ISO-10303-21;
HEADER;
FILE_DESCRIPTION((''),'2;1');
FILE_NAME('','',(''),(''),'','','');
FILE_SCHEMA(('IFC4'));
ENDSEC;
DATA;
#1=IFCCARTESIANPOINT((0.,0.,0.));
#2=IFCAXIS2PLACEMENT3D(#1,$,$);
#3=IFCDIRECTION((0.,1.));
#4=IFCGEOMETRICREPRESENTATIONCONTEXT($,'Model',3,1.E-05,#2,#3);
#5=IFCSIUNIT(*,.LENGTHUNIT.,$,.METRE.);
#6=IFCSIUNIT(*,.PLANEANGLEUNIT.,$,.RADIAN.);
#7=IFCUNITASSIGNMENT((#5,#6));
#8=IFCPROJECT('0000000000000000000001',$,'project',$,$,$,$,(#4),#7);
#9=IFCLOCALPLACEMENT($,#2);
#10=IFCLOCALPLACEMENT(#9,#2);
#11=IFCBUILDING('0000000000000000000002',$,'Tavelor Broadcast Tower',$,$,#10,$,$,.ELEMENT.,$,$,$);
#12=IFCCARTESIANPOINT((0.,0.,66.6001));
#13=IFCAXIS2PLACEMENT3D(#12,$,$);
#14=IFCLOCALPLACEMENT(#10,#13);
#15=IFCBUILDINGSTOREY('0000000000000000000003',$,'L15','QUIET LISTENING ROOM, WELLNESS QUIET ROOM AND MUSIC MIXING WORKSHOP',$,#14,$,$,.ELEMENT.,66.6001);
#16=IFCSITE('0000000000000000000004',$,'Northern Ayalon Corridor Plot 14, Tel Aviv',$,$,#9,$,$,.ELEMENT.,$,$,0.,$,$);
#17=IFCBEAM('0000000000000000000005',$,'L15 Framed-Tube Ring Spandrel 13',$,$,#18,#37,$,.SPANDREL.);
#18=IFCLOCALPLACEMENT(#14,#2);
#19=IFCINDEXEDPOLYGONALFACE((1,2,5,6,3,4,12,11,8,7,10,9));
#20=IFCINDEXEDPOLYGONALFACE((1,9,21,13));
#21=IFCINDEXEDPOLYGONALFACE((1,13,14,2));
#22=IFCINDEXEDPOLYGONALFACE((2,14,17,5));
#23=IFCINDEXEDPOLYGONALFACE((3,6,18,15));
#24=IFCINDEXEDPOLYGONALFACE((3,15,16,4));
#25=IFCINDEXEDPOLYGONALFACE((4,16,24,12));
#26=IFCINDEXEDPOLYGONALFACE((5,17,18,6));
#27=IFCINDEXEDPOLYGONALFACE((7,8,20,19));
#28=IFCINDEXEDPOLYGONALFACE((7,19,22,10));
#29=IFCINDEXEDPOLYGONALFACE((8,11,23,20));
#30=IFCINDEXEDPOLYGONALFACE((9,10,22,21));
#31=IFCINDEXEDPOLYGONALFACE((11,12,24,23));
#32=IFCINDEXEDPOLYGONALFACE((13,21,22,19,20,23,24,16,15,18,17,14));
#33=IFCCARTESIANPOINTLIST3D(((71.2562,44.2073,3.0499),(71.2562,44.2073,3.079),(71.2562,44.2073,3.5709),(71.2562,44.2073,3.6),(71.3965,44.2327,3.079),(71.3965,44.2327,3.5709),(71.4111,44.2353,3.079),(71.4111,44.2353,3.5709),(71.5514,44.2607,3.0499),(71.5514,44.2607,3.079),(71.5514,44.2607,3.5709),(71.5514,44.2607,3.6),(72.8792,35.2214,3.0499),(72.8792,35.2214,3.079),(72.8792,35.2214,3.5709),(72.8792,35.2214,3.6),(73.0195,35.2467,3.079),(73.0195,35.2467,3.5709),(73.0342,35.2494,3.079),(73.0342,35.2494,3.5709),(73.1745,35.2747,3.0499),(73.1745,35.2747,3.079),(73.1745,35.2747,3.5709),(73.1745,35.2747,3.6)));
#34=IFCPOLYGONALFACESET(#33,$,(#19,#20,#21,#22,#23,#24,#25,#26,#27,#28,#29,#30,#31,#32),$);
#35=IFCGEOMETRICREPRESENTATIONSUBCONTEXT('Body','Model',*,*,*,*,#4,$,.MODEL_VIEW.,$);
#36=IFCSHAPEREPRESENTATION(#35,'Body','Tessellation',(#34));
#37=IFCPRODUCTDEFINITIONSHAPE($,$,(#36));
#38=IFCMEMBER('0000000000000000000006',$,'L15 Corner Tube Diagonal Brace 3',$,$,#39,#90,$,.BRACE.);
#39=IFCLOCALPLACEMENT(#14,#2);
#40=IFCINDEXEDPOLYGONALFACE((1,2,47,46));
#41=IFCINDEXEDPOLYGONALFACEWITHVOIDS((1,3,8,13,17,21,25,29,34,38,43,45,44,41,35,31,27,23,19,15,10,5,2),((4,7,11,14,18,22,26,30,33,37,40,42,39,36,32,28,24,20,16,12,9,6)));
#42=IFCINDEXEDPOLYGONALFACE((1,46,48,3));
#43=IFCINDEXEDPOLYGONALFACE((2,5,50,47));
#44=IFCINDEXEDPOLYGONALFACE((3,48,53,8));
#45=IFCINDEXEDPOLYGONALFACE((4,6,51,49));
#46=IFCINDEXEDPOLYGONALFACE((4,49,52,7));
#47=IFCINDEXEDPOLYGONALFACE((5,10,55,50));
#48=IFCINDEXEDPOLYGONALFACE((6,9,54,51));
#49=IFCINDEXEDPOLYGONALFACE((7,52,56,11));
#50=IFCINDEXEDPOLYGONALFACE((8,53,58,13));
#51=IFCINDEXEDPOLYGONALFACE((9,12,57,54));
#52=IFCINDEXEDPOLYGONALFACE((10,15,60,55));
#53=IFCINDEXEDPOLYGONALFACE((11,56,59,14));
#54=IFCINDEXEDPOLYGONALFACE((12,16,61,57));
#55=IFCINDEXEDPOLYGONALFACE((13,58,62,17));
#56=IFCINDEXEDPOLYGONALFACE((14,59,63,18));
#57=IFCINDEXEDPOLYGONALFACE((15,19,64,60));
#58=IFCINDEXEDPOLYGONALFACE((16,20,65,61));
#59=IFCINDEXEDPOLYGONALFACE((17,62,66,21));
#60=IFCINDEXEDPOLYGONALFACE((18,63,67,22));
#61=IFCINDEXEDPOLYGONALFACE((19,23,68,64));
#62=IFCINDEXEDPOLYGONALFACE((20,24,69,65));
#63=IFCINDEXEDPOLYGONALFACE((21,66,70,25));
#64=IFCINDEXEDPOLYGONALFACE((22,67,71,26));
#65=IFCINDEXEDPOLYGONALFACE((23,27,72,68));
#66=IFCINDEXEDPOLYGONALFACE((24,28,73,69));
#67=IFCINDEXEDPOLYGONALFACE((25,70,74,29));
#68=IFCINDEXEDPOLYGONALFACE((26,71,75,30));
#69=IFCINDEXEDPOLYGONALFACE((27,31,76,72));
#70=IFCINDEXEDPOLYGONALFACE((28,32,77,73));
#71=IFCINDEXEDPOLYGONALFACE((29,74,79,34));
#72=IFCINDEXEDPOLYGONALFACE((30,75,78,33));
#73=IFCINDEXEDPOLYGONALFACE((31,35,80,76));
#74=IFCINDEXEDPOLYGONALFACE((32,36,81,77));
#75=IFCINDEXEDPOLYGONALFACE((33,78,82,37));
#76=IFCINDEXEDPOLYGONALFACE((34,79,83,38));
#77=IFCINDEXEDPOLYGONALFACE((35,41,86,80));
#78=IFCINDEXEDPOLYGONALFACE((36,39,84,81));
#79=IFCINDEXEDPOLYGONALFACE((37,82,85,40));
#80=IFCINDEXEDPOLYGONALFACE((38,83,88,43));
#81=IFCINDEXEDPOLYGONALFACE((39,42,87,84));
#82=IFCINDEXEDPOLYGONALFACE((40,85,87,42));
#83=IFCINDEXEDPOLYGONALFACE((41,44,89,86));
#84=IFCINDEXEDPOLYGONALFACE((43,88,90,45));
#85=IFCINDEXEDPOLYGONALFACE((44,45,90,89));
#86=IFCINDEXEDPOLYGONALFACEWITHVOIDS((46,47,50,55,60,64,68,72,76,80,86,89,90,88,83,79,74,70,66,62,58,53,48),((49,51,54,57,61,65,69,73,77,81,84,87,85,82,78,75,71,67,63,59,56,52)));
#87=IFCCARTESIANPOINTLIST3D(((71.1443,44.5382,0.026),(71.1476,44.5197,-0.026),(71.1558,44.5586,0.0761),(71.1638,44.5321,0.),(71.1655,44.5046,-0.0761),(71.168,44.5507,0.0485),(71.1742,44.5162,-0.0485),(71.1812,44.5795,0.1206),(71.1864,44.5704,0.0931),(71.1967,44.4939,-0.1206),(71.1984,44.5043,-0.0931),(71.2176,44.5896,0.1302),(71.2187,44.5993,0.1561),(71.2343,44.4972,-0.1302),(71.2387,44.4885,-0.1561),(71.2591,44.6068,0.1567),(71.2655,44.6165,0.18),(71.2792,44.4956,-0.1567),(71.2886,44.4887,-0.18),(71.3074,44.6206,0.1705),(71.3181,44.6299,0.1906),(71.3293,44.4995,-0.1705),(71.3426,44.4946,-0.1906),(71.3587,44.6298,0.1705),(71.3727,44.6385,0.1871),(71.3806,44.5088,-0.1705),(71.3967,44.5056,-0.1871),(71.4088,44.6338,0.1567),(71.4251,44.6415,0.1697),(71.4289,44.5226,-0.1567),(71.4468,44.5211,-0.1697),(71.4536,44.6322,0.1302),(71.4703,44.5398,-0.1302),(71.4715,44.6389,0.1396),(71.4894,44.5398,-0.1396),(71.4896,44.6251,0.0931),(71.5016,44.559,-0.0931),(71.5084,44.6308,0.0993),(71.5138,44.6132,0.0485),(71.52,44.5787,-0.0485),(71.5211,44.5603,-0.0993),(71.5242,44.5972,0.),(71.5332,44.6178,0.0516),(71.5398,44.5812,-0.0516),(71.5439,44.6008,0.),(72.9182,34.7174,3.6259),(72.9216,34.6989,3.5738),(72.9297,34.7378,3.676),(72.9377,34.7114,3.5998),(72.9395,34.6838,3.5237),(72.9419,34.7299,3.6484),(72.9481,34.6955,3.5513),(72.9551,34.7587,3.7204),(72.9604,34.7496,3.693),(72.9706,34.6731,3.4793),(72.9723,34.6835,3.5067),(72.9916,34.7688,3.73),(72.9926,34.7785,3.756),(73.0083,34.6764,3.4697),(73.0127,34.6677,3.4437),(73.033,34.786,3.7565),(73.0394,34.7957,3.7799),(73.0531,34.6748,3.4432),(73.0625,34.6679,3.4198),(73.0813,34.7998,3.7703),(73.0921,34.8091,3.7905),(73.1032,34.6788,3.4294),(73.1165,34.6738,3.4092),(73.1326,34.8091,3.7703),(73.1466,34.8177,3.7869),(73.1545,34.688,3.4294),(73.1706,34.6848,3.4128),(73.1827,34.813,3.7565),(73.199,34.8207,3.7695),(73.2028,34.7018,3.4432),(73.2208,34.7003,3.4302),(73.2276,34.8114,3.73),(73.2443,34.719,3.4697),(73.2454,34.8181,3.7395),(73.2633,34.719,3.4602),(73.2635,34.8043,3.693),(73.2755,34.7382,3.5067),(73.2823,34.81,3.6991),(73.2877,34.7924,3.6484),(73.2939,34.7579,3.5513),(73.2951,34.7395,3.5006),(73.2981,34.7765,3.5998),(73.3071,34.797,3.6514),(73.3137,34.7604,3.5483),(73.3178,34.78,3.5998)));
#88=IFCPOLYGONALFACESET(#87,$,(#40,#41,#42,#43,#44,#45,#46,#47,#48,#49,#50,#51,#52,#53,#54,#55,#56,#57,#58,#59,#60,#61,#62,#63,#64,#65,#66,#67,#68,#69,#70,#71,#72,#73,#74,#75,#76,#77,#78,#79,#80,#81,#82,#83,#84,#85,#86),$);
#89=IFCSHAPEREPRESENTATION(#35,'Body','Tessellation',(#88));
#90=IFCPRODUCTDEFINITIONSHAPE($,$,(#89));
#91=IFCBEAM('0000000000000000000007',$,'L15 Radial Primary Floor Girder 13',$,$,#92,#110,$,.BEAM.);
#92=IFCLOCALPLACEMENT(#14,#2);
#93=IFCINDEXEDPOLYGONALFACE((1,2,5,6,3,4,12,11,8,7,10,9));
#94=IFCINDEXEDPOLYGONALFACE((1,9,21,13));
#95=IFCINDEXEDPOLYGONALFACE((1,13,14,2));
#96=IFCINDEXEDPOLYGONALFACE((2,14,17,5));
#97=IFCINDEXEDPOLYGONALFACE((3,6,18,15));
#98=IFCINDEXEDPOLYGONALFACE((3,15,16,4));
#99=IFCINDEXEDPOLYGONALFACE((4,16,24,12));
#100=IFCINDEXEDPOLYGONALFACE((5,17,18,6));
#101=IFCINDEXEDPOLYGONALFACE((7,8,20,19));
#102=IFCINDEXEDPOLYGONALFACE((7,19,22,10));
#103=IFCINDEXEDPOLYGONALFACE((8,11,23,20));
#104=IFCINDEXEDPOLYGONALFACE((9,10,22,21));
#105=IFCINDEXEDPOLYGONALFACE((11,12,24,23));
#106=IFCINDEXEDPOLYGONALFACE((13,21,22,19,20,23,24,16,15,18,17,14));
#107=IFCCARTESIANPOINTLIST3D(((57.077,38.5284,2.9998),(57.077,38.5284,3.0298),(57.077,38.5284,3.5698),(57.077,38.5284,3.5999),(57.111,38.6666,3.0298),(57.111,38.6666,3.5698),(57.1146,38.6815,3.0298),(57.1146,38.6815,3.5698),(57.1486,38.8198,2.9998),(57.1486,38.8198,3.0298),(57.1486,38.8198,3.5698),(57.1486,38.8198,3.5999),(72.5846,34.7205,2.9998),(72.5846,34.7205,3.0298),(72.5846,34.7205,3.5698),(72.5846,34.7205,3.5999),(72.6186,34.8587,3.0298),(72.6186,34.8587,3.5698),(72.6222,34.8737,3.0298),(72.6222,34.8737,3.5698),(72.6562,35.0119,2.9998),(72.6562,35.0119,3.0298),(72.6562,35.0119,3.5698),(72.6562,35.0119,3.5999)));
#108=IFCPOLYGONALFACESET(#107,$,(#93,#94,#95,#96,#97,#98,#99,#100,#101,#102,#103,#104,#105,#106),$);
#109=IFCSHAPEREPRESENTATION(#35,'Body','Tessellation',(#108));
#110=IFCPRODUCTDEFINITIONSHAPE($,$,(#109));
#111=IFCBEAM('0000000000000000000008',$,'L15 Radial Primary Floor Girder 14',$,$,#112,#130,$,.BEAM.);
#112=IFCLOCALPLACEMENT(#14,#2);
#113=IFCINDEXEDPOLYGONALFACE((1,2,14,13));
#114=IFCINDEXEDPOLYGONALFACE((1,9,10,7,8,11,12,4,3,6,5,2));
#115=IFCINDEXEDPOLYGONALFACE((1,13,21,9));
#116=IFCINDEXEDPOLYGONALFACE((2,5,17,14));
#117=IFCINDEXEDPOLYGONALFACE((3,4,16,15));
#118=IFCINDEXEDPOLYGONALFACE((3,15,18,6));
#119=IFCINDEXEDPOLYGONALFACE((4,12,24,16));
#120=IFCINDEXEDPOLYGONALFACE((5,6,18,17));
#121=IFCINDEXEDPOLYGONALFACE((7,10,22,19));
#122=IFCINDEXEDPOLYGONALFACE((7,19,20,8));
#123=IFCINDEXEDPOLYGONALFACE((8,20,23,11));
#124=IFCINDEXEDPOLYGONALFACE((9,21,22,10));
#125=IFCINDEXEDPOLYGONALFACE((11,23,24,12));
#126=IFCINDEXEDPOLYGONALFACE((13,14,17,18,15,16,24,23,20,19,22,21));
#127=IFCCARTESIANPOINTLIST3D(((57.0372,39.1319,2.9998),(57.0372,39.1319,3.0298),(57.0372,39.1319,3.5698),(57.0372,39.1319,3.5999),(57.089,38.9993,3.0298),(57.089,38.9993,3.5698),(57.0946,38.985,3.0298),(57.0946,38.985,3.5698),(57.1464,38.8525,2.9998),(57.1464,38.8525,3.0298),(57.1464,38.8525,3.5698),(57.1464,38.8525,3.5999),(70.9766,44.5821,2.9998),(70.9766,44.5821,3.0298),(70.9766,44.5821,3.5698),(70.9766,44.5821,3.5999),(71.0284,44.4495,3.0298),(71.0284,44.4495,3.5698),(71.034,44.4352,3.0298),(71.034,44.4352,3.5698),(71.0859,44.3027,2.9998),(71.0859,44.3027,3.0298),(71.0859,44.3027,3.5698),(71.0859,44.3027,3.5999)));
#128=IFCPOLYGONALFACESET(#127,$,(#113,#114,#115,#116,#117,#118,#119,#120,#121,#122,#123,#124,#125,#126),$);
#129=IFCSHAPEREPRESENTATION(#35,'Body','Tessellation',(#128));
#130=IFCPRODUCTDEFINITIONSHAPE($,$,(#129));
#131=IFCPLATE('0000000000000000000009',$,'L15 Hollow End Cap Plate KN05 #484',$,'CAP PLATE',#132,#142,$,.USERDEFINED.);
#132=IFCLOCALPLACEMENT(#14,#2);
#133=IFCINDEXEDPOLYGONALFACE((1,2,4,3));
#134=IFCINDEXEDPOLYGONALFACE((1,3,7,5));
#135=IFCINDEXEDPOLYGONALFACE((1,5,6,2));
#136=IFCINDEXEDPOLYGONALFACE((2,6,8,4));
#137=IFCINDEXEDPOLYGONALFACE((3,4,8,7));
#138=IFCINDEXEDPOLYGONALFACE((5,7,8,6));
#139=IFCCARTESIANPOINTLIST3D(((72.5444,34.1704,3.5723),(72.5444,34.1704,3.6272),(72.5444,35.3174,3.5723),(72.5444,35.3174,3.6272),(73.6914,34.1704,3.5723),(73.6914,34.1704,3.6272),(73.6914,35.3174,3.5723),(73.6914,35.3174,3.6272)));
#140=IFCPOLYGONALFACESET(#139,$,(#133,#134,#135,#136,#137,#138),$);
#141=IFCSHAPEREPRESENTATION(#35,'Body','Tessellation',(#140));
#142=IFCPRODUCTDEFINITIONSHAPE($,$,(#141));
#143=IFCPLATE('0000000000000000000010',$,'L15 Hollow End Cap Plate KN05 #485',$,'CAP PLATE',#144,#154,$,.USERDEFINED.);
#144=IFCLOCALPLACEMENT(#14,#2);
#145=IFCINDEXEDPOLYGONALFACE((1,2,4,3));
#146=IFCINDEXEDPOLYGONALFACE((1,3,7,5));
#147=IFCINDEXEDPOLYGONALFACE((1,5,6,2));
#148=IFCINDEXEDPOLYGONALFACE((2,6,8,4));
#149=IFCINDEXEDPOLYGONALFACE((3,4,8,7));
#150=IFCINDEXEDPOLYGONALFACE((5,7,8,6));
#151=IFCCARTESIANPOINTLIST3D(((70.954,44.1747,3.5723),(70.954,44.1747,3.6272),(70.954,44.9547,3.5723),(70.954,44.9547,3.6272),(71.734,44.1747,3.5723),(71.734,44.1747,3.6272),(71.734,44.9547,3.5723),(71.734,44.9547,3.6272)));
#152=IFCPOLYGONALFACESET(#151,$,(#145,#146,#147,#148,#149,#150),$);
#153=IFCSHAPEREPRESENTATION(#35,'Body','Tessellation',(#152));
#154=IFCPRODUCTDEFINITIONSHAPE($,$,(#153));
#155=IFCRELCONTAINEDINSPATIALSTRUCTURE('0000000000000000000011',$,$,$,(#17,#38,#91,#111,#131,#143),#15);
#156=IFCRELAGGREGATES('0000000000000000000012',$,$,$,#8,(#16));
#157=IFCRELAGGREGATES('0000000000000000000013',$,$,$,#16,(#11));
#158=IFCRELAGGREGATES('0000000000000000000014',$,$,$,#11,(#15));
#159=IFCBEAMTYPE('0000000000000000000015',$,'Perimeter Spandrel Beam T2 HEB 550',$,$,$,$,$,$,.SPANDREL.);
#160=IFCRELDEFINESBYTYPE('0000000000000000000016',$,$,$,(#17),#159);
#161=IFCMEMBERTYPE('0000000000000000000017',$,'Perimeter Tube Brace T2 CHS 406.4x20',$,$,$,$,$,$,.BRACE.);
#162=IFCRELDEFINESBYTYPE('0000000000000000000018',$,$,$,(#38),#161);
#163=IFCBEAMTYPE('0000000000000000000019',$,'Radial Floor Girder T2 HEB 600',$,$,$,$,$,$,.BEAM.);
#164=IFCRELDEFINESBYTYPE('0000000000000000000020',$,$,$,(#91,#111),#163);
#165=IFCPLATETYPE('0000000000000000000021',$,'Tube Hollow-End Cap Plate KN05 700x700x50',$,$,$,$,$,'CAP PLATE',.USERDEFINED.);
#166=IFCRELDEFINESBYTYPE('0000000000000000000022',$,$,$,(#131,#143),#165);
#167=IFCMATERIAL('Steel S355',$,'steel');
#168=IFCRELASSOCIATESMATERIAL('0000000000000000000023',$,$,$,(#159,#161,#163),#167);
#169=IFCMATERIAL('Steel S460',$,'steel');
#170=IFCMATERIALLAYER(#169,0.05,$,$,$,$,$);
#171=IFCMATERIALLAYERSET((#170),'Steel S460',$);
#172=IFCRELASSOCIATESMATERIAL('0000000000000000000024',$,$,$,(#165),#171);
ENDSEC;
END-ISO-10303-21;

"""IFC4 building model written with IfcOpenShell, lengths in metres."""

from ifc_helpers import new_model, si_unit, direction, frame, origin, origin_2d, place, context, subcontext, project, spatial, rectangle, hollow_circle, i_section, extrude, source, transform, mapped, material, layer, layer_set, material_profile, profile_set, type_object, type_shapes, element, save


model = new_model("IFC4")

# Units and contexts
model_context = context("Model", 3, precision=1e-05, world=origin(), true_north=direction((0.0, 1.0)))
body_context = subcontext(model_context, "Body", "Model", "MODEL_VIEW")
ifc_project = project(units=[si_unit("LENGTHUNIT", "METRE"), si_unit("PLANEANGLEUNIT", "RADIAN")], contexts=[model_context])

# Site, building, storey
site_placement = place(None, origin())
site = spatial("IfcSite", under=ifc_project, at=site_placement, Name="Northern Ayalon Corridor Plot 14, Tel Aviv", CompositionType="ELEMENT", RefElevation=0.0)
building_placement = place(site_placement, origin())
building = spatial("IfcBuilding", under=site, at=building_placement, Name="Tavelor Broadcast Tower", CompositionType="ELEMENT")
storey_placement = place(building_placement, frame((0.0, 0.0, 66.6001)))
storey = spatial("IfcBuildingStorey", under=building, at=storey_placement, Name="L15", Description="QUIET LISTENING ROOM, WELLNESS QUIET ROOM AND MUSIC MIXING WORKSHOP", CompositionType="ELEMENT", Elevation=66.6001)

# Shared definitions
ifc_material_1 = material(Name="Steel S460", Category="steel")

# Beam
ifc_material_2 = material(Name="Steel S355", Category="steel")
ifc_material_profile_1 = material_profile(ifc_material_2, i_section(OverallWidth=0.3, OverallDepth=0.55, WebThickness=0.0149, FlangeThickness=0.0291, at=origin_2d()), Name="HEB 550")
ifc_profile_set_1 = profile_set([ifc_material_profile_1], Name="Steel S355")
beam_type_1 = type_object("IfcBeamType", Name="Perimeter Spandrel Beam T2 HEB 550", PredefinedType="SPANDREL", material=ifc_profile_set_1)
beam_1_placement = place(storey_placement, frame((73.0269, 35.248, 3.325), z_axis=(-0.177747, 0.984076, 0.0), x_axis=(-0.984076, -0.177747, 0.0)))
element("IfcBeam", 1, at=beam_1_placement, inside=storey, type_object=beam_type_1, Name="L15 Framed-Tube Ring Spandrel 13", PredefinedType="SPANDREL", context=body_context, shape_type="SweptSolid", body=[
    extrude(i_section(OverallWidth=0.3, OverallDepth=0.55, WebThickness=0.0149, FlangeThickness=0.0291, at=origin_2d()), origin(), (0.0, 0.0, 1.0), 9.1313),
])

# Member
ifc_material_profile_2 = material_profile(ifc_material_2, hollow_circle(Radius=0.2031, WallThickness=0.02, at=origin_2d()), Name="CHS 406.4x20")
ifc_profile_set_2 = profile_set([ifc_material_profile_2], Name="Steel S355")
member_type = type_object("IfcMemberType", Name="Perimeter Tube Brace T2 CHS 406.4x20", PredefinedType="BRACE", material=ifc_profile_set_2)
member_placement = place(storey_placement, frame((71.344, 44.5647, 0.0), z_axis=(0.167207, -0.925692, 0.339316), x_axis=(0.984075, 0.177753, 0.0)))
element("IfcMember", 2, at=member_placement, inside=storey, type_object=member_type, Name="L15 Corner Tube Diagonal Brace 3", PredefinedType="BRACE", context=body_context, shape_type="SweptSolid", body=[
    extrude(hollow_circle(Radius=0.2031, WallThickness=0.02, at=origin_2d()), origin(), (0.0, 0.0, 1.0), 10.6091),
])

# Beams
ifc_material_profile_3 = material_profile(ifc_material_2, i_section(OverallWidth=0.3, OverallDepth=0.6001, WebThickness=0.0154, FlangeThickness=0.03, at=origin_2d()), Name="HEB 600")
ifc_profile_set_3 = profile_set([ifc_material_profile_3], Name="Steel S355")
beam_type_2 = type_object("IfcBeamType", Name="Radial Floor Girder T2 HEB 600", PredefinedType="BEAM", material=ifc_profile_set_3)
beam_2_placement = place(storey_placement, frame((57.1128, 38.6741, 3.2998), z_axis=(0.971151, -0.238465, 0.0), x_axis=(0.238465, 0.971151, 0.0)))
element("IfcBeam", 3, at=beam_2_placement, inside=storey, type_object=beam_type_2, Name="L15 Radial Primary Floor Girder 13", PredefinedType="BEAM", context=body_context, shape_type="SweptSolid", body=[
    extrude(i_section(OverallWidth=0.3, OverallDepth=0.6001, WebThickness=0.0154, FlangeThickness=0.03, at=origin_2d()), origin(), (0.0, 0.0, 1.0), 15.9683),
])
beam_3_placement = place(storey_placement, frame((57.0918, 38.9922, 3.2998), z_axis=(0.931342, 0.364146, 0.0), x_axis=(-0.364146, 0.931342, 0.0)))
element("IfcBeam", 4, at=beam_3_placement, inside=storey, type_object=beam_type_2, Name="L15 Radial Primary Floor Girder 14", PredefinedType="BEAM", context=body_context, shape_type="SweptSolid", body=[
    extrude(i_section(OverallWidth=0.3, OverallDepth=0.6001, WebThickness=0.0154, FlangeThickness=0.03, at=origin_2d()), origin(), (0.0, 0.0, 1.0), 14.967),
])

# Plates
ifc_layer_1 = layer(ifc_material_1, 0.05)
ifc_layer_set_1 = layer_set([ifc_layer_1], Name="Steel S460")
plate_type = type_object("IfcPlateType", Name="Tube Hollow-End Cap Plate KN05 700x700x50", ElementType="CAP PLATE", PredefinedType="USERDEFINED", material=ifc_layer_set_1)
shared_shape_1 = source(origin(), body_context, "Body", "SweptSolid", [
    extrude(rectangle(XDim=1.147, YDim=1.147, at=origin_2d()), origin(), (0.0, 0.0, 1.0), 0.0549),
])
plate_1_placement = place(storey_placement, frame((73.1179, 34.7439, 3.5723), z_axis=(0.0, 0.0, 1.0), x_axis=(1.0, 0.0, 0.0)))
element("IfcPlate", 5, at=plate_1_placement, inside=storey, type_object=plate_type, Name="L15 Hollow End Cap Plate KN05 #484", ObjectType="CAP PLATE", PredefinedType="USERDEFINED", context=body_context, shape_type="MappedRepresentation", body=[
    mapped(shared_shape_1, transform((0.0, 0.0, 0.0), scale=1.0)),
])
shared_shape_2 = source(origin(), body_context, "Body", "SweptSolid", [
    extrude(rectangle(XDim=0.78, YDim=0.78, at=origin_2d()), origin(), (0.0, 0.0, 1.0), 0.0549),
])
type_shapes(plate_type, [shared_shape_1, shared_shape_2])
plate_2_placement = place(storey_placement, frame((71.344, 44.5647, 3.5723), z_axis=(0.0, 0.0, 1.0), x_axis=(1.0, 0.0, 0.0)))
element("IfcPlate", 6, at=plate_2_placement, inside=storey, type_object=plate_type, Name="L15 Hollow End Cap Plate KN05 #485", ObjectType="CAP PLATE", PredefinedType="USERDEFINED", context=body_context, shape_type="MappedRepresentation", body=[
    mapped(shared_shape_2, transform((0.0, 0.0, 0.0), scale=1.0)),
])

save(model, "model.ifc")
